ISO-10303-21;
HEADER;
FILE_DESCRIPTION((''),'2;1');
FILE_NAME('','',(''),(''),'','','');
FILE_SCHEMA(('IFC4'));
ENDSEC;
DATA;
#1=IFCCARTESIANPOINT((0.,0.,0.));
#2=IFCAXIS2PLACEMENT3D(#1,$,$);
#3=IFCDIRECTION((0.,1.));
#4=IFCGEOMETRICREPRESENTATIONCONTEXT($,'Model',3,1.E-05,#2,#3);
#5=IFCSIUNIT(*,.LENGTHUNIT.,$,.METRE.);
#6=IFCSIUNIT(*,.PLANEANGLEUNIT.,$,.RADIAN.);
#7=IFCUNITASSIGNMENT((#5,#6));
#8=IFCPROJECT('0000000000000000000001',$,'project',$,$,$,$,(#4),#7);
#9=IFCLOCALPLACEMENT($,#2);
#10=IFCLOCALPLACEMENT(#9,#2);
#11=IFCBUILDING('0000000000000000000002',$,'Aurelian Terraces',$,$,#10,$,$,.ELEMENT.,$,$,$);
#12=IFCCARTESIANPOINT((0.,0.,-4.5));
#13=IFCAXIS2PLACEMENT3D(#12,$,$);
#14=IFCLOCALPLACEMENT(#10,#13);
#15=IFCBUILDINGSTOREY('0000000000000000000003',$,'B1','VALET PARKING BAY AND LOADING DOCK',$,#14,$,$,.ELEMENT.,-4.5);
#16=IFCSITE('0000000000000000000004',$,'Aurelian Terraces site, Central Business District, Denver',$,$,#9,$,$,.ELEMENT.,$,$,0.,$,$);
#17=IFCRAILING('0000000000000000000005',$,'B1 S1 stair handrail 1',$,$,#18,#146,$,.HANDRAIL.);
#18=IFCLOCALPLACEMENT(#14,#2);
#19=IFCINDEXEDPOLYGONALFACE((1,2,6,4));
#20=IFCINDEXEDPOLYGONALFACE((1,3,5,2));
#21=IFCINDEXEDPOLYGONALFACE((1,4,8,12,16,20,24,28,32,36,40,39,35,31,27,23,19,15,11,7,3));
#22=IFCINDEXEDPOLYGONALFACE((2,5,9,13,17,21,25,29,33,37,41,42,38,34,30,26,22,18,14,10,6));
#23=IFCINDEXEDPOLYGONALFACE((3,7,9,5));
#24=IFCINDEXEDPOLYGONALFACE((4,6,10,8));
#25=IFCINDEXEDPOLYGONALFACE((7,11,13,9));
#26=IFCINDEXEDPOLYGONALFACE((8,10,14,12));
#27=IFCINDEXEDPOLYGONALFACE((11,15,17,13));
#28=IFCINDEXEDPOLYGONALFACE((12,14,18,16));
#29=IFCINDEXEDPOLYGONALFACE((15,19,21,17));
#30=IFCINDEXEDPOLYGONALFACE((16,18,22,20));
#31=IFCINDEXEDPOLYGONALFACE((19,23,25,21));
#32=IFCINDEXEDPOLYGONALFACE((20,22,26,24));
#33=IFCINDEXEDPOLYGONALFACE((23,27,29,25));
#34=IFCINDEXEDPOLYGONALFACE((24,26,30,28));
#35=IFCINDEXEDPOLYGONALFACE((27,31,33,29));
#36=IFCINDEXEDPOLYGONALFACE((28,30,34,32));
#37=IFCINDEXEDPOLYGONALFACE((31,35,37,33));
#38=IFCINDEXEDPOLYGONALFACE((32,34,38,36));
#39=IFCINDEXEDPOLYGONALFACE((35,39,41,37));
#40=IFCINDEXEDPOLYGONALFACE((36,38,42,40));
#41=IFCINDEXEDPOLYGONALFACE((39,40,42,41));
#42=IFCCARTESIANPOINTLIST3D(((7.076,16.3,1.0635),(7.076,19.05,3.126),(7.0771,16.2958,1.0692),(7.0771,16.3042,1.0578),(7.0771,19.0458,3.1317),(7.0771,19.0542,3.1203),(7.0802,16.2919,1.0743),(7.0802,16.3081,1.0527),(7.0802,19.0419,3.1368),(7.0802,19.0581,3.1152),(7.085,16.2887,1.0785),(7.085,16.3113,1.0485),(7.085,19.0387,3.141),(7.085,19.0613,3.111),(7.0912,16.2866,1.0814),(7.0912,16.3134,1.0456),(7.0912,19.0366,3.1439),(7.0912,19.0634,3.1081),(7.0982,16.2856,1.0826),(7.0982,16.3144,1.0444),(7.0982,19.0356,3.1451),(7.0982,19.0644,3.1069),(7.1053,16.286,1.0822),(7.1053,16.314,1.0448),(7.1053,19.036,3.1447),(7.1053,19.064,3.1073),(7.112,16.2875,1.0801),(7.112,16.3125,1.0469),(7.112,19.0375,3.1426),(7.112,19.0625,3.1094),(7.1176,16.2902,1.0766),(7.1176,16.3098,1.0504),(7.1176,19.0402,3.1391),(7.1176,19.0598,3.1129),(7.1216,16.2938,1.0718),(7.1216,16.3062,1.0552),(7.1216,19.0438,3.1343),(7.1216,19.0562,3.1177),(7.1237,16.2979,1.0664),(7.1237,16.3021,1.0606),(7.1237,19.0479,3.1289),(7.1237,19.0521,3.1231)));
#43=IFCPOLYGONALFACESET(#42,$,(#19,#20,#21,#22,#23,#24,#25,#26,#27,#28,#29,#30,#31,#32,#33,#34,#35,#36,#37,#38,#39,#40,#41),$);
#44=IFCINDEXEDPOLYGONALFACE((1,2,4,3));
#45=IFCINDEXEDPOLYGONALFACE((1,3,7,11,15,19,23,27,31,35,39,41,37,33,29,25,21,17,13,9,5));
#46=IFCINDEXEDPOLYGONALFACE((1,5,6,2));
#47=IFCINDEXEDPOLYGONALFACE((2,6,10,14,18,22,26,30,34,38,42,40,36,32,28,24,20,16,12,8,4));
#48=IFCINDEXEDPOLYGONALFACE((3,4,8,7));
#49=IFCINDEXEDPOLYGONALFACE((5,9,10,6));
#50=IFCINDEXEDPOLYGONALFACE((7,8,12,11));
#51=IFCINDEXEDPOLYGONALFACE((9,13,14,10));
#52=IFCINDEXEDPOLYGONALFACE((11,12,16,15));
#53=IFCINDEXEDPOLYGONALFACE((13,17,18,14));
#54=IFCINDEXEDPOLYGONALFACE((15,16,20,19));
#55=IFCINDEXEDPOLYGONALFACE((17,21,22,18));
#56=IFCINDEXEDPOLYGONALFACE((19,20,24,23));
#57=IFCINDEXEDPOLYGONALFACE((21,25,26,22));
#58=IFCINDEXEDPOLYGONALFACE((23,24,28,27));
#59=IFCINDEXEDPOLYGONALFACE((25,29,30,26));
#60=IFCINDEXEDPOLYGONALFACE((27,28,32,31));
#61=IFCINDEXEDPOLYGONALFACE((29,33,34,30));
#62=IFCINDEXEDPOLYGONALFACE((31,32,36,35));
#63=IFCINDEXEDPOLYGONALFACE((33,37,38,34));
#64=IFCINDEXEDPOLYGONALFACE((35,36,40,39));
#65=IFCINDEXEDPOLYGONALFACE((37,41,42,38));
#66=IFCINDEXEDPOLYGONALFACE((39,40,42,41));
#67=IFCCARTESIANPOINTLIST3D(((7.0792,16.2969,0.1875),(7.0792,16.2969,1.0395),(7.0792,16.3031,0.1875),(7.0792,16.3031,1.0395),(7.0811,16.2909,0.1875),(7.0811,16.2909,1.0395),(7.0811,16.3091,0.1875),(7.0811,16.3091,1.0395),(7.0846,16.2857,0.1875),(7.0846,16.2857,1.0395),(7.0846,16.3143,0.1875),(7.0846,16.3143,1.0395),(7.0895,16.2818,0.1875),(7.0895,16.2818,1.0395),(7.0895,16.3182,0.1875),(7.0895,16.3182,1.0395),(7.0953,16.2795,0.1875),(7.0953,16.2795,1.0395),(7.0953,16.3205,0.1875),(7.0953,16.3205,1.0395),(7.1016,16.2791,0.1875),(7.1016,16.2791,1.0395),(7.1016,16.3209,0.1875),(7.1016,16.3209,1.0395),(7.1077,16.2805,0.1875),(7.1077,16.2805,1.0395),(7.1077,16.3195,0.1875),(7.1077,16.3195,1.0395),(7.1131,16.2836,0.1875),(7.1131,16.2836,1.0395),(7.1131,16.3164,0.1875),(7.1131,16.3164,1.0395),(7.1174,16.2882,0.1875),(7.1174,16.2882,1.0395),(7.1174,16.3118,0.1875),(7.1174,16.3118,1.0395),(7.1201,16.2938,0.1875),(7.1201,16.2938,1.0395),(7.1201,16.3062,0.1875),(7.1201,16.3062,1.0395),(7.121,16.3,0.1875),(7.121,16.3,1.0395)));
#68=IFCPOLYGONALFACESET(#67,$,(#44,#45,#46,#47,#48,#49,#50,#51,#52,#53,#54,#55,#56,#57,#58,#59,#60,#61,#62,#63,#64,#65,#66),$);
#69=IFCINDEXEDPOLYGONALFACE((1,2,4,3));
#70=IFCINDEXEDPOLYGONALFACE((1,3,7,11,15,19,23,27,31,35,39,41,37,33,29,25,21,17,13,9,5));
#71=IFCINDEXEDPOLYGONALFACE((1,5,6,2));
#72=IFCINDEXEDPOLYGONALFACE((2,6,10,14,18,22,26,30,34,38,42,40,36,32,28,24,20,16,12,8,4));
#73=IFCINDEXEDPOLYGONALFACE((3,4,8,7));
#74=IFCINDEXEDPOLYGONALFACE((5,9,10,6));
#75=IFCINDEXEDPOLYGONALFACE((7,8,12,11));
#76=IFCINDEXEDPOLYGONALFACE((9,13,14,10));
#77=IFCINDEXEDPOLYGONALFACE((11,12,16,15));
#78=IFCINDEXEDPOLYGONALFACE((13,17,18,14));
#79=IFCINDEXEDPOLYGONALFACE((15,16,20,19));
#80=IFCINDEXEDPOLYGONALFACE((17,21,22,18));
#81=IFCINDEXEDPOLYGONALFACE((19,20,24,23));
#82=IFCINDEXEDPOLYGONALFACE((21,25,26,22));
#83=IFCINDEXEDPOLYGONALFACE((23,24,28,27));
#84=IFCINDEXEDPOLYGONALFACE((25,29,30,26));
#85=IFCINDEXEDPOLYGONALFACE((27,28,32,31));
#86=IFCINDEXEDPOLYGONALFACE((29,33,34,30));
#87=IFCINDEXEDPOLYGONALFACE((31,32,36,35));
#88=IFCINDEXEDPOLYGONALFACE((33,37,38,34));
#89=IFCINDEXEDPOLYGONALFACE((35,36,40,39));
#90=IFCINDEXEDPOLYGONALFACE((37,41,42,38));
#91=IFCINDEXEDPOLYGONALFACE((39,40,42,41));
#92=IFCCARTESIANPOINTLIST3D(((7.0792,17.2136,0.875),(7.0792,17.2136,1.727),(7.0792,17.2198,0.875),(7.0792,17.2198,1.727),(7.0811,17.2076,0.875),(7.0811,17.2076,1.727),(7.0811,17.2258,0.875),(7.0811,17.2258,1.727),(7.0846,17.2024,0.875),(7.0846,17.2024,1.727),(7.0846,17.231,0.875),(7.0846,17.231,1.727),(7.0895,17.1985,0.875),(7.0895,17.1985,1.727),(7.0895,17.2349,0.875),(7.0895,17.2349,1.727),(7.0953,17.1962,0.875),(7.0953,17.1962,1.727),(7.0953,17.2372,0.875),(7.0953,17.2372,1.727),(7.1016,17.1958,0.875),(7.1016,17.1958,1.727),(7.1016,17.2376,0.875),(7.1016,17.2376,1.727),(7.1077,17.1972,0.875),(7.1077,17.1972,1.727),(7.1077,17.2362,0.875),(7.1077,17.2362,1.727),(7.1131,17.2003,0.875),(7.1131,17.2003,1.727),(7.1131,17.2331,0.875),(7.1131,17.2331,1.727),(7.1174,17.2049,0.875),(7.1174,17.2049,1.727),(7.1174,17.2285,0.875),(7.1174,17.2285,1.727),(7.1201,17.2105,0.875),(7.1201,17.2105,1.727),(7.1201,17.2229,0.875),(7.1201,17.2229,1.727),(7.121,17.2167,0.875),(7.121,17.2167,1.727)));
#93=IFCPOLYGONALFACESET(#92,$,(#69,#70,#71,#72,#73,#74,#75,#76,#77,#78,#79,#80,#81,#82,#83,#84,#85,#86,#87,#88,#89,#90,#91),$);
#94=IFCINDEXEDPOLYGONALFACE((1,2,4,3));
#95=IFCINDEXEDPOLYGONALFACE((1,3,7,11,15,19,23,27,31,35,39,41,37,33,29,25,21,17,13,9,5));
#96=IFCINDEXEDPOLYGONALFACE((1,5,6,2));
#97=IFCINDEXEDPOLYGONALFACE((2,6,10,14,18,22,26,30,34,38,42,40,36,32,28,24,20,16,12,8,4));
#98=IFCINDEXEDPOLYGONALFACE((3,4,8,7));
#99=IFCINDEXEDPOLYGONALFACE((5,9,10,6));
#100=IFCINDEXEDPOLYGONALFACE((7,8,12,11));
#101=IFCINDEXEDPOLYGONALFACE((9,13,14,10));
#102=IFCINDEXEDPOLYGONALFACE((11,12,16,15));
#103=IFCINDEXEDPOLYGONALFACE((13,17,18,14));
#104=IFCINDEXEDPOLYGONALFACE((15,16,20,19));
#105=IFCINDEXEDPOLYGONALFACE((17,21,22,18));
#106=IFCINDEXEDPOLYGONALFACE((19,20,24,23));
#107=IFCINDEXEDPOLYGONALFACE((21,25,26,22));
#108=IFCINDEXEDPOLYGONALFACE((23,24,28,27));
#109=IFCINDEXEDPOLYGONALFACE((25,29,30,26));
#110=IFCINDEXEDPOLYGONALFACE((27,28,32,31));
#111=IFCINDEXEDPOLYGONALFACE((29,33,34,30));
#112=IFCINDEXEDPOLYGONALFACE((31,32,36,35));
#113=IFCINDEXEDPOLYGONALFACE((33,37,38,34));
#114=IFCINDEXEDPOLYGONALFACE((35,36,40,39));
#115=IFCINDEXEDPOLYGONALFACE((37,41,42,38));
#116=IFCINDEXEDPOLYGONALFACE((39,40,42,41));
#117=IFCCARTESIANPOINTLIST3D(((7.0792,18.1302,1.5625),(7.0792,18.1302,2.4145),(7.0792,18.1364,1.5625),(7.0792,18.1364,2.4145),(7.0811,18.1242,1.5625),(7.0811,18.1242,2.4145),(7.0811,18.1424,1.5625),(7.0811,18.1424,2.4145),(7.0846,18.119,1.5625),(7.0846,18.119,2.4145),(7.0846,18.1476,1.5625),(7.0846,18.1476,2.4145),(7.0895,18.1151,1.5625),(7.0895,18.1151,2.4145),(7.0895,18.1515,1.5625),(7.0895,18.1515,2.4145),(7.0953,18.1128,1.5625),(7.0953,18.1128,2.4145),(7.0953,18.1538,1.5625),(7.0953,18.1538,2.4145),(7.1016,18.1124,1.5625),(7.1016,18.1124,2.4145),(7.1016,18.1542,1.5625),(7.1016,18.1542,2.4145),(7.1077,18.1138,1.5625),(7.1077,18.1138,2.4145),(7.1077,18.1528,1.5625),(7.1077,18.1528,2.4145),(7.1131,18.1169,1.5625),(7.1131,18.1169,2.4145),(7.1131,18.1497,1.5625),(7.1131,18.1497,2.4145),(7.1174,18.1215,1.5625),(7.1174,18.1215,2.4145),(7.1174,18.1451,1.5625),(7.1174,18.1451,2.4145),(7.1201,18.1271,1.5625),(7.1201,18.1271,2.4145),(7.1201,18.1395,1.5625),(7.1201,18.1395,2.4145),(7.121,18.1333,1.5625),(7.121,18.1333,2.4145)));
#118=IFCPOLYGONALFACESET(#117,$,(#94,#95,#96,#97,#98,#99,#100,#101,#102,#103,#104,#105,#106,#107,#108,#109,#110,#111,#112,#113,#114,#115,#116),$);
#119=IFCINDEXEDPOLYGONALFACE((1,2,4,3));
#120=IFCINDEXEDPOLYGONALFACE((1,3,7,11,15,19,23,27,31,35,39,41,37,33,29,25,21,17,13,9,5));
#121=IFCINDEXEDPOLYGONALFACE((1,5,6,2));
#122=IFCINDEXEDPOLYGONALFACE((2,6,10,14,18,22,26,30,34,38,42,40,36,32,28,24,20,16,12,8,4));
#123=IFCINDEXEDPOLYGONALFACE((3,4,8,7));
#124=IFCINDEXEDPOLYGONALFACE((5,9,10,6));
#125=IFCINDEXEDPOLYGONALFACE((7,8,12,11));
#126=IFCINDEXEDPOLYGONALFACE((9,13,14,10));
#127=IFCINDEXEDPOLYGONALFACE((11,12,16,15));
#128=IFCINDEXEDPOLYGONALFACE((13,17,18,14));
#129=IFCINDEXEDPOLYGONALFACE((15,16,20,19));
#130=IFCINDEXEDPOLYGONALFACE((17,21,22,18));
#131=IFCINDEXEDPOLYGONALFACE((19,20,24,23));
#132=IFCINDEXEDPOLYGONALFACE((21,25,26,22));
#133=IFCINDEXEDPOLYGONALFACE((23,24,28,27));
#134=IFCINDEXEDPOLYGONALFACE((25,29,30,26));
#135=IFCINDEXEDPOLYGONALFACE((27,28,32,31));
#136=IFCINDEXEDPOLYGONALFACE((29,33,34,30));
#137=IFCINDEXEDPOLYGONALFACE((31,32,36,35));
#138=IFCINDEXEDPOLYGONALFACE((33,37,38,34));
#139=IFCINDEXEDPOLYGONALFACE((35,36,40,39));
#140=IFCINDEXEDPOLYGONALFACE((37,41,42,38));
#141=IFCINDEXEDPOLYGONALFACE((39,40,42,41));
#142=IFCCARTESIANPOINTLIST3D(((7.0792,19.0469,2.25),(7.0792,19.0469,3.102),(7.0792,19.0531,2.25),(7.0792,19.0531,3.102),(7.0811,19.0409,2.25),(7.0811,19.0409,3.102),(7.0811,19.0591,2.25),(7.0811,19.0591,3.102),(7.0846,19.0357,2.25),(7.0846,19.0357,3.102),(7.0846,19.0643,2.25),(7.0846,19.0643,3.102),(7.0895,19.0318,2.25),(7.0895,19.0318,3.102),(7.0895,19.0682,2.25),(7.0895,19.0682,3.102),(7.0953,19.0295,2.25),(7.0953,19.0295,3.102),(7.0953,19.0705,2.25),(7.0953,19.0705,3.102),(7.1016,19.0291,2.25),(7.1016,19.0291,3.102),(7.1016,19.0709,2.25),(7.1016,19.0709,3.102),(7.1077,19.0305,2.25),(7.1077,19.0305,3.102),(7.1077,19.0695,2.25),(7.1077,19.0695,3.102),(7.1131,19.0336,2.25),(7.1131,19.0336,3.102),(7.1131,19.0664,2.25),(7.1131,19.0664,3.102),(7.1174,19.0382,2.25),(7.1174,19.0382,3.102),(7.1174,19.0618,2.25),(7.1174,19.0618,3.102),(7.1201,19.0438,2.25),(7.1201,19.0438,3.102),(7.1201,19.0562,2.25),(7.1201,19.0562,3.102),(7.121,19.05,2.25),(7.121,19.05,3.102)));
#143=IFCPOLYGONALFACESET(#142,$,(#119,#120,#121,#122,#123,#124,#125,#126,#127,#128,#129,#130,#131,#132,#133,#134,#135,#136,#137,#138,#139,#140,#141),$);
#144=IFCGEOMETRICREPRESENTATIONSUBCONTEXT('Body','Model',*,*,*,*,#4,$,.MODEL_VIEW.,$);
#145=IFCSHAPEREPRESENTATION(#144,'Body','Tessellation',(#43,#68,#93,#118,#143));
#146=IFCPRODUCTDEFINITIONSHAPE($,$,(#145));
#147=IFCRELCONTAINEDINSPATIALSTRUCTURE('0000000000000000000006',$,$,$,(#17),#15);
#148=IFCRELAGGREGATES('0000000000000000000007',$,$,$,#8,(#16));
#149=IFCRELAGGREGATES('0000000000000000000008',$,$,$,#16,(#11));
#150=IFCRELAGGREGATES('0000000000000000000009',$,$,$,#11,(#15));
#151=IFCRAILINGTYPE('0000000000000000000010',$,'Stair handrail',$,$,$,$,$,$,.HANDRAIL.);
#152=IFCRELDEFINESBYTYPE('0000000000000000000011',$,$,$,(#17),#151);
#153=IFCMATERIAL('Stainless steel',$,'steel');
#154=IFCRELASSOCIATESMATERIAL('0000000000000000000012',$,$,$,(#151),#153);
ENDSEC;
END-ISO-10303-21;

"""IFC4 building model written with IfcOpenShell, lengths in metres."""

from ifc_helpers import new_model, si_unit, direction, frame, origin, origin_2d, place, context, subcontext, project, spatial, circle, extrude, source, transform, mapped, material, type_object, element, save


model = new_model("IFC4")

# Units and contexts
model_context = context("Model", 3, precision=1e-05, world=origin(), true_north=direction((0.0, 1.0)))
body_context = subcontext(model_context, "Body", "Model", "MODEL_VIEW")
ifc_project = project(units=[si_unit("LENGTHUNIT", "METRE"), si_unit("PLANEANGLEUNIT", "RADIAN")], contexts=[model_context])

# Site, building, storey
site_placement = place(None, origin())
site = spatial("IfcSite", under=ifc_project, at=site_placement, Name="Aurelian Terraces site, Central Business District, Denver", CompositionType="ELEMENT", RefElevation=0.0)
building_placement = place(site_placement, origin())
building = spatial("IfcBuilding", under=site, at=building_placement, Name="Aurelian Terraces", CompositionType="ELEMENT")
storey_placement = place(building_placement, frame((0.0, 0.0, -4.5)))
storey = spatial("IfcBuildingStorey", under=building, at=storey_placement, Name="B1", Description="VALET PARKING BAY AND LOADING DOCK", CompositionType="ELEMENT", Elevation=-4.5)

# Shared definitions
ifc_material_1 = material(Name="Stainless steel", Category="steel")

# Railing
railing_type_1 = type_object("IfcRailingType", Name="Stair handrail", PredefinedType="HANDRAIL", material=ifc_material_1)
shared_shape_1 = source(origin(), body_context, "Body", "SweptSolid", [
    extrude(circle(Radius=0.024, at=origin_2d()), frame((0.0, 0.0, 0.876), z_axis=(0.0, 0.8, 0.6), x_axis=(-1.0, 0.0, 0.0)), (0.0, 0.0, 1.0), 3.4375),
    extrude(circle(Radius=0.021, at=origin_2d()), origin(), (0.0, 0.0, 1.0), 0.852),
    extrude(circle(Radius=0.021, at=origin_2d()), frame((0.0, 0.9167, 0.6875)), (0.0, 0.0, 1.0), 0.852),
    extrude(circle(Radius=0.021, at=origin_2d()), frame((0.0, 1.8333, 1.375)), (0.0, 0.0, 1.0), 0.852),
    extrude(circle(Radius=0.021, at=origin_2d()), frame((0.0, 2.75, 2.0625)), (0.0, 0.0, 1.0), 0.852),
])
railing_1_placement = place(storey_placement, frame((7.1, 16.3, 0.1875)))
element("IfcRailing", 1, at=railing_1_placement, inside=storey, type_object=railing_type_1, Name="B1 S1 stair handrail 1", PredefinedType="HANDRAIL", context=body_context, shape_type="MappedRepresentation", body=[
    mapped(shared_shape_1, transform((0.0, 0.0, 0.0), scale=1.0)),
])

save(model, "model.ifc")
